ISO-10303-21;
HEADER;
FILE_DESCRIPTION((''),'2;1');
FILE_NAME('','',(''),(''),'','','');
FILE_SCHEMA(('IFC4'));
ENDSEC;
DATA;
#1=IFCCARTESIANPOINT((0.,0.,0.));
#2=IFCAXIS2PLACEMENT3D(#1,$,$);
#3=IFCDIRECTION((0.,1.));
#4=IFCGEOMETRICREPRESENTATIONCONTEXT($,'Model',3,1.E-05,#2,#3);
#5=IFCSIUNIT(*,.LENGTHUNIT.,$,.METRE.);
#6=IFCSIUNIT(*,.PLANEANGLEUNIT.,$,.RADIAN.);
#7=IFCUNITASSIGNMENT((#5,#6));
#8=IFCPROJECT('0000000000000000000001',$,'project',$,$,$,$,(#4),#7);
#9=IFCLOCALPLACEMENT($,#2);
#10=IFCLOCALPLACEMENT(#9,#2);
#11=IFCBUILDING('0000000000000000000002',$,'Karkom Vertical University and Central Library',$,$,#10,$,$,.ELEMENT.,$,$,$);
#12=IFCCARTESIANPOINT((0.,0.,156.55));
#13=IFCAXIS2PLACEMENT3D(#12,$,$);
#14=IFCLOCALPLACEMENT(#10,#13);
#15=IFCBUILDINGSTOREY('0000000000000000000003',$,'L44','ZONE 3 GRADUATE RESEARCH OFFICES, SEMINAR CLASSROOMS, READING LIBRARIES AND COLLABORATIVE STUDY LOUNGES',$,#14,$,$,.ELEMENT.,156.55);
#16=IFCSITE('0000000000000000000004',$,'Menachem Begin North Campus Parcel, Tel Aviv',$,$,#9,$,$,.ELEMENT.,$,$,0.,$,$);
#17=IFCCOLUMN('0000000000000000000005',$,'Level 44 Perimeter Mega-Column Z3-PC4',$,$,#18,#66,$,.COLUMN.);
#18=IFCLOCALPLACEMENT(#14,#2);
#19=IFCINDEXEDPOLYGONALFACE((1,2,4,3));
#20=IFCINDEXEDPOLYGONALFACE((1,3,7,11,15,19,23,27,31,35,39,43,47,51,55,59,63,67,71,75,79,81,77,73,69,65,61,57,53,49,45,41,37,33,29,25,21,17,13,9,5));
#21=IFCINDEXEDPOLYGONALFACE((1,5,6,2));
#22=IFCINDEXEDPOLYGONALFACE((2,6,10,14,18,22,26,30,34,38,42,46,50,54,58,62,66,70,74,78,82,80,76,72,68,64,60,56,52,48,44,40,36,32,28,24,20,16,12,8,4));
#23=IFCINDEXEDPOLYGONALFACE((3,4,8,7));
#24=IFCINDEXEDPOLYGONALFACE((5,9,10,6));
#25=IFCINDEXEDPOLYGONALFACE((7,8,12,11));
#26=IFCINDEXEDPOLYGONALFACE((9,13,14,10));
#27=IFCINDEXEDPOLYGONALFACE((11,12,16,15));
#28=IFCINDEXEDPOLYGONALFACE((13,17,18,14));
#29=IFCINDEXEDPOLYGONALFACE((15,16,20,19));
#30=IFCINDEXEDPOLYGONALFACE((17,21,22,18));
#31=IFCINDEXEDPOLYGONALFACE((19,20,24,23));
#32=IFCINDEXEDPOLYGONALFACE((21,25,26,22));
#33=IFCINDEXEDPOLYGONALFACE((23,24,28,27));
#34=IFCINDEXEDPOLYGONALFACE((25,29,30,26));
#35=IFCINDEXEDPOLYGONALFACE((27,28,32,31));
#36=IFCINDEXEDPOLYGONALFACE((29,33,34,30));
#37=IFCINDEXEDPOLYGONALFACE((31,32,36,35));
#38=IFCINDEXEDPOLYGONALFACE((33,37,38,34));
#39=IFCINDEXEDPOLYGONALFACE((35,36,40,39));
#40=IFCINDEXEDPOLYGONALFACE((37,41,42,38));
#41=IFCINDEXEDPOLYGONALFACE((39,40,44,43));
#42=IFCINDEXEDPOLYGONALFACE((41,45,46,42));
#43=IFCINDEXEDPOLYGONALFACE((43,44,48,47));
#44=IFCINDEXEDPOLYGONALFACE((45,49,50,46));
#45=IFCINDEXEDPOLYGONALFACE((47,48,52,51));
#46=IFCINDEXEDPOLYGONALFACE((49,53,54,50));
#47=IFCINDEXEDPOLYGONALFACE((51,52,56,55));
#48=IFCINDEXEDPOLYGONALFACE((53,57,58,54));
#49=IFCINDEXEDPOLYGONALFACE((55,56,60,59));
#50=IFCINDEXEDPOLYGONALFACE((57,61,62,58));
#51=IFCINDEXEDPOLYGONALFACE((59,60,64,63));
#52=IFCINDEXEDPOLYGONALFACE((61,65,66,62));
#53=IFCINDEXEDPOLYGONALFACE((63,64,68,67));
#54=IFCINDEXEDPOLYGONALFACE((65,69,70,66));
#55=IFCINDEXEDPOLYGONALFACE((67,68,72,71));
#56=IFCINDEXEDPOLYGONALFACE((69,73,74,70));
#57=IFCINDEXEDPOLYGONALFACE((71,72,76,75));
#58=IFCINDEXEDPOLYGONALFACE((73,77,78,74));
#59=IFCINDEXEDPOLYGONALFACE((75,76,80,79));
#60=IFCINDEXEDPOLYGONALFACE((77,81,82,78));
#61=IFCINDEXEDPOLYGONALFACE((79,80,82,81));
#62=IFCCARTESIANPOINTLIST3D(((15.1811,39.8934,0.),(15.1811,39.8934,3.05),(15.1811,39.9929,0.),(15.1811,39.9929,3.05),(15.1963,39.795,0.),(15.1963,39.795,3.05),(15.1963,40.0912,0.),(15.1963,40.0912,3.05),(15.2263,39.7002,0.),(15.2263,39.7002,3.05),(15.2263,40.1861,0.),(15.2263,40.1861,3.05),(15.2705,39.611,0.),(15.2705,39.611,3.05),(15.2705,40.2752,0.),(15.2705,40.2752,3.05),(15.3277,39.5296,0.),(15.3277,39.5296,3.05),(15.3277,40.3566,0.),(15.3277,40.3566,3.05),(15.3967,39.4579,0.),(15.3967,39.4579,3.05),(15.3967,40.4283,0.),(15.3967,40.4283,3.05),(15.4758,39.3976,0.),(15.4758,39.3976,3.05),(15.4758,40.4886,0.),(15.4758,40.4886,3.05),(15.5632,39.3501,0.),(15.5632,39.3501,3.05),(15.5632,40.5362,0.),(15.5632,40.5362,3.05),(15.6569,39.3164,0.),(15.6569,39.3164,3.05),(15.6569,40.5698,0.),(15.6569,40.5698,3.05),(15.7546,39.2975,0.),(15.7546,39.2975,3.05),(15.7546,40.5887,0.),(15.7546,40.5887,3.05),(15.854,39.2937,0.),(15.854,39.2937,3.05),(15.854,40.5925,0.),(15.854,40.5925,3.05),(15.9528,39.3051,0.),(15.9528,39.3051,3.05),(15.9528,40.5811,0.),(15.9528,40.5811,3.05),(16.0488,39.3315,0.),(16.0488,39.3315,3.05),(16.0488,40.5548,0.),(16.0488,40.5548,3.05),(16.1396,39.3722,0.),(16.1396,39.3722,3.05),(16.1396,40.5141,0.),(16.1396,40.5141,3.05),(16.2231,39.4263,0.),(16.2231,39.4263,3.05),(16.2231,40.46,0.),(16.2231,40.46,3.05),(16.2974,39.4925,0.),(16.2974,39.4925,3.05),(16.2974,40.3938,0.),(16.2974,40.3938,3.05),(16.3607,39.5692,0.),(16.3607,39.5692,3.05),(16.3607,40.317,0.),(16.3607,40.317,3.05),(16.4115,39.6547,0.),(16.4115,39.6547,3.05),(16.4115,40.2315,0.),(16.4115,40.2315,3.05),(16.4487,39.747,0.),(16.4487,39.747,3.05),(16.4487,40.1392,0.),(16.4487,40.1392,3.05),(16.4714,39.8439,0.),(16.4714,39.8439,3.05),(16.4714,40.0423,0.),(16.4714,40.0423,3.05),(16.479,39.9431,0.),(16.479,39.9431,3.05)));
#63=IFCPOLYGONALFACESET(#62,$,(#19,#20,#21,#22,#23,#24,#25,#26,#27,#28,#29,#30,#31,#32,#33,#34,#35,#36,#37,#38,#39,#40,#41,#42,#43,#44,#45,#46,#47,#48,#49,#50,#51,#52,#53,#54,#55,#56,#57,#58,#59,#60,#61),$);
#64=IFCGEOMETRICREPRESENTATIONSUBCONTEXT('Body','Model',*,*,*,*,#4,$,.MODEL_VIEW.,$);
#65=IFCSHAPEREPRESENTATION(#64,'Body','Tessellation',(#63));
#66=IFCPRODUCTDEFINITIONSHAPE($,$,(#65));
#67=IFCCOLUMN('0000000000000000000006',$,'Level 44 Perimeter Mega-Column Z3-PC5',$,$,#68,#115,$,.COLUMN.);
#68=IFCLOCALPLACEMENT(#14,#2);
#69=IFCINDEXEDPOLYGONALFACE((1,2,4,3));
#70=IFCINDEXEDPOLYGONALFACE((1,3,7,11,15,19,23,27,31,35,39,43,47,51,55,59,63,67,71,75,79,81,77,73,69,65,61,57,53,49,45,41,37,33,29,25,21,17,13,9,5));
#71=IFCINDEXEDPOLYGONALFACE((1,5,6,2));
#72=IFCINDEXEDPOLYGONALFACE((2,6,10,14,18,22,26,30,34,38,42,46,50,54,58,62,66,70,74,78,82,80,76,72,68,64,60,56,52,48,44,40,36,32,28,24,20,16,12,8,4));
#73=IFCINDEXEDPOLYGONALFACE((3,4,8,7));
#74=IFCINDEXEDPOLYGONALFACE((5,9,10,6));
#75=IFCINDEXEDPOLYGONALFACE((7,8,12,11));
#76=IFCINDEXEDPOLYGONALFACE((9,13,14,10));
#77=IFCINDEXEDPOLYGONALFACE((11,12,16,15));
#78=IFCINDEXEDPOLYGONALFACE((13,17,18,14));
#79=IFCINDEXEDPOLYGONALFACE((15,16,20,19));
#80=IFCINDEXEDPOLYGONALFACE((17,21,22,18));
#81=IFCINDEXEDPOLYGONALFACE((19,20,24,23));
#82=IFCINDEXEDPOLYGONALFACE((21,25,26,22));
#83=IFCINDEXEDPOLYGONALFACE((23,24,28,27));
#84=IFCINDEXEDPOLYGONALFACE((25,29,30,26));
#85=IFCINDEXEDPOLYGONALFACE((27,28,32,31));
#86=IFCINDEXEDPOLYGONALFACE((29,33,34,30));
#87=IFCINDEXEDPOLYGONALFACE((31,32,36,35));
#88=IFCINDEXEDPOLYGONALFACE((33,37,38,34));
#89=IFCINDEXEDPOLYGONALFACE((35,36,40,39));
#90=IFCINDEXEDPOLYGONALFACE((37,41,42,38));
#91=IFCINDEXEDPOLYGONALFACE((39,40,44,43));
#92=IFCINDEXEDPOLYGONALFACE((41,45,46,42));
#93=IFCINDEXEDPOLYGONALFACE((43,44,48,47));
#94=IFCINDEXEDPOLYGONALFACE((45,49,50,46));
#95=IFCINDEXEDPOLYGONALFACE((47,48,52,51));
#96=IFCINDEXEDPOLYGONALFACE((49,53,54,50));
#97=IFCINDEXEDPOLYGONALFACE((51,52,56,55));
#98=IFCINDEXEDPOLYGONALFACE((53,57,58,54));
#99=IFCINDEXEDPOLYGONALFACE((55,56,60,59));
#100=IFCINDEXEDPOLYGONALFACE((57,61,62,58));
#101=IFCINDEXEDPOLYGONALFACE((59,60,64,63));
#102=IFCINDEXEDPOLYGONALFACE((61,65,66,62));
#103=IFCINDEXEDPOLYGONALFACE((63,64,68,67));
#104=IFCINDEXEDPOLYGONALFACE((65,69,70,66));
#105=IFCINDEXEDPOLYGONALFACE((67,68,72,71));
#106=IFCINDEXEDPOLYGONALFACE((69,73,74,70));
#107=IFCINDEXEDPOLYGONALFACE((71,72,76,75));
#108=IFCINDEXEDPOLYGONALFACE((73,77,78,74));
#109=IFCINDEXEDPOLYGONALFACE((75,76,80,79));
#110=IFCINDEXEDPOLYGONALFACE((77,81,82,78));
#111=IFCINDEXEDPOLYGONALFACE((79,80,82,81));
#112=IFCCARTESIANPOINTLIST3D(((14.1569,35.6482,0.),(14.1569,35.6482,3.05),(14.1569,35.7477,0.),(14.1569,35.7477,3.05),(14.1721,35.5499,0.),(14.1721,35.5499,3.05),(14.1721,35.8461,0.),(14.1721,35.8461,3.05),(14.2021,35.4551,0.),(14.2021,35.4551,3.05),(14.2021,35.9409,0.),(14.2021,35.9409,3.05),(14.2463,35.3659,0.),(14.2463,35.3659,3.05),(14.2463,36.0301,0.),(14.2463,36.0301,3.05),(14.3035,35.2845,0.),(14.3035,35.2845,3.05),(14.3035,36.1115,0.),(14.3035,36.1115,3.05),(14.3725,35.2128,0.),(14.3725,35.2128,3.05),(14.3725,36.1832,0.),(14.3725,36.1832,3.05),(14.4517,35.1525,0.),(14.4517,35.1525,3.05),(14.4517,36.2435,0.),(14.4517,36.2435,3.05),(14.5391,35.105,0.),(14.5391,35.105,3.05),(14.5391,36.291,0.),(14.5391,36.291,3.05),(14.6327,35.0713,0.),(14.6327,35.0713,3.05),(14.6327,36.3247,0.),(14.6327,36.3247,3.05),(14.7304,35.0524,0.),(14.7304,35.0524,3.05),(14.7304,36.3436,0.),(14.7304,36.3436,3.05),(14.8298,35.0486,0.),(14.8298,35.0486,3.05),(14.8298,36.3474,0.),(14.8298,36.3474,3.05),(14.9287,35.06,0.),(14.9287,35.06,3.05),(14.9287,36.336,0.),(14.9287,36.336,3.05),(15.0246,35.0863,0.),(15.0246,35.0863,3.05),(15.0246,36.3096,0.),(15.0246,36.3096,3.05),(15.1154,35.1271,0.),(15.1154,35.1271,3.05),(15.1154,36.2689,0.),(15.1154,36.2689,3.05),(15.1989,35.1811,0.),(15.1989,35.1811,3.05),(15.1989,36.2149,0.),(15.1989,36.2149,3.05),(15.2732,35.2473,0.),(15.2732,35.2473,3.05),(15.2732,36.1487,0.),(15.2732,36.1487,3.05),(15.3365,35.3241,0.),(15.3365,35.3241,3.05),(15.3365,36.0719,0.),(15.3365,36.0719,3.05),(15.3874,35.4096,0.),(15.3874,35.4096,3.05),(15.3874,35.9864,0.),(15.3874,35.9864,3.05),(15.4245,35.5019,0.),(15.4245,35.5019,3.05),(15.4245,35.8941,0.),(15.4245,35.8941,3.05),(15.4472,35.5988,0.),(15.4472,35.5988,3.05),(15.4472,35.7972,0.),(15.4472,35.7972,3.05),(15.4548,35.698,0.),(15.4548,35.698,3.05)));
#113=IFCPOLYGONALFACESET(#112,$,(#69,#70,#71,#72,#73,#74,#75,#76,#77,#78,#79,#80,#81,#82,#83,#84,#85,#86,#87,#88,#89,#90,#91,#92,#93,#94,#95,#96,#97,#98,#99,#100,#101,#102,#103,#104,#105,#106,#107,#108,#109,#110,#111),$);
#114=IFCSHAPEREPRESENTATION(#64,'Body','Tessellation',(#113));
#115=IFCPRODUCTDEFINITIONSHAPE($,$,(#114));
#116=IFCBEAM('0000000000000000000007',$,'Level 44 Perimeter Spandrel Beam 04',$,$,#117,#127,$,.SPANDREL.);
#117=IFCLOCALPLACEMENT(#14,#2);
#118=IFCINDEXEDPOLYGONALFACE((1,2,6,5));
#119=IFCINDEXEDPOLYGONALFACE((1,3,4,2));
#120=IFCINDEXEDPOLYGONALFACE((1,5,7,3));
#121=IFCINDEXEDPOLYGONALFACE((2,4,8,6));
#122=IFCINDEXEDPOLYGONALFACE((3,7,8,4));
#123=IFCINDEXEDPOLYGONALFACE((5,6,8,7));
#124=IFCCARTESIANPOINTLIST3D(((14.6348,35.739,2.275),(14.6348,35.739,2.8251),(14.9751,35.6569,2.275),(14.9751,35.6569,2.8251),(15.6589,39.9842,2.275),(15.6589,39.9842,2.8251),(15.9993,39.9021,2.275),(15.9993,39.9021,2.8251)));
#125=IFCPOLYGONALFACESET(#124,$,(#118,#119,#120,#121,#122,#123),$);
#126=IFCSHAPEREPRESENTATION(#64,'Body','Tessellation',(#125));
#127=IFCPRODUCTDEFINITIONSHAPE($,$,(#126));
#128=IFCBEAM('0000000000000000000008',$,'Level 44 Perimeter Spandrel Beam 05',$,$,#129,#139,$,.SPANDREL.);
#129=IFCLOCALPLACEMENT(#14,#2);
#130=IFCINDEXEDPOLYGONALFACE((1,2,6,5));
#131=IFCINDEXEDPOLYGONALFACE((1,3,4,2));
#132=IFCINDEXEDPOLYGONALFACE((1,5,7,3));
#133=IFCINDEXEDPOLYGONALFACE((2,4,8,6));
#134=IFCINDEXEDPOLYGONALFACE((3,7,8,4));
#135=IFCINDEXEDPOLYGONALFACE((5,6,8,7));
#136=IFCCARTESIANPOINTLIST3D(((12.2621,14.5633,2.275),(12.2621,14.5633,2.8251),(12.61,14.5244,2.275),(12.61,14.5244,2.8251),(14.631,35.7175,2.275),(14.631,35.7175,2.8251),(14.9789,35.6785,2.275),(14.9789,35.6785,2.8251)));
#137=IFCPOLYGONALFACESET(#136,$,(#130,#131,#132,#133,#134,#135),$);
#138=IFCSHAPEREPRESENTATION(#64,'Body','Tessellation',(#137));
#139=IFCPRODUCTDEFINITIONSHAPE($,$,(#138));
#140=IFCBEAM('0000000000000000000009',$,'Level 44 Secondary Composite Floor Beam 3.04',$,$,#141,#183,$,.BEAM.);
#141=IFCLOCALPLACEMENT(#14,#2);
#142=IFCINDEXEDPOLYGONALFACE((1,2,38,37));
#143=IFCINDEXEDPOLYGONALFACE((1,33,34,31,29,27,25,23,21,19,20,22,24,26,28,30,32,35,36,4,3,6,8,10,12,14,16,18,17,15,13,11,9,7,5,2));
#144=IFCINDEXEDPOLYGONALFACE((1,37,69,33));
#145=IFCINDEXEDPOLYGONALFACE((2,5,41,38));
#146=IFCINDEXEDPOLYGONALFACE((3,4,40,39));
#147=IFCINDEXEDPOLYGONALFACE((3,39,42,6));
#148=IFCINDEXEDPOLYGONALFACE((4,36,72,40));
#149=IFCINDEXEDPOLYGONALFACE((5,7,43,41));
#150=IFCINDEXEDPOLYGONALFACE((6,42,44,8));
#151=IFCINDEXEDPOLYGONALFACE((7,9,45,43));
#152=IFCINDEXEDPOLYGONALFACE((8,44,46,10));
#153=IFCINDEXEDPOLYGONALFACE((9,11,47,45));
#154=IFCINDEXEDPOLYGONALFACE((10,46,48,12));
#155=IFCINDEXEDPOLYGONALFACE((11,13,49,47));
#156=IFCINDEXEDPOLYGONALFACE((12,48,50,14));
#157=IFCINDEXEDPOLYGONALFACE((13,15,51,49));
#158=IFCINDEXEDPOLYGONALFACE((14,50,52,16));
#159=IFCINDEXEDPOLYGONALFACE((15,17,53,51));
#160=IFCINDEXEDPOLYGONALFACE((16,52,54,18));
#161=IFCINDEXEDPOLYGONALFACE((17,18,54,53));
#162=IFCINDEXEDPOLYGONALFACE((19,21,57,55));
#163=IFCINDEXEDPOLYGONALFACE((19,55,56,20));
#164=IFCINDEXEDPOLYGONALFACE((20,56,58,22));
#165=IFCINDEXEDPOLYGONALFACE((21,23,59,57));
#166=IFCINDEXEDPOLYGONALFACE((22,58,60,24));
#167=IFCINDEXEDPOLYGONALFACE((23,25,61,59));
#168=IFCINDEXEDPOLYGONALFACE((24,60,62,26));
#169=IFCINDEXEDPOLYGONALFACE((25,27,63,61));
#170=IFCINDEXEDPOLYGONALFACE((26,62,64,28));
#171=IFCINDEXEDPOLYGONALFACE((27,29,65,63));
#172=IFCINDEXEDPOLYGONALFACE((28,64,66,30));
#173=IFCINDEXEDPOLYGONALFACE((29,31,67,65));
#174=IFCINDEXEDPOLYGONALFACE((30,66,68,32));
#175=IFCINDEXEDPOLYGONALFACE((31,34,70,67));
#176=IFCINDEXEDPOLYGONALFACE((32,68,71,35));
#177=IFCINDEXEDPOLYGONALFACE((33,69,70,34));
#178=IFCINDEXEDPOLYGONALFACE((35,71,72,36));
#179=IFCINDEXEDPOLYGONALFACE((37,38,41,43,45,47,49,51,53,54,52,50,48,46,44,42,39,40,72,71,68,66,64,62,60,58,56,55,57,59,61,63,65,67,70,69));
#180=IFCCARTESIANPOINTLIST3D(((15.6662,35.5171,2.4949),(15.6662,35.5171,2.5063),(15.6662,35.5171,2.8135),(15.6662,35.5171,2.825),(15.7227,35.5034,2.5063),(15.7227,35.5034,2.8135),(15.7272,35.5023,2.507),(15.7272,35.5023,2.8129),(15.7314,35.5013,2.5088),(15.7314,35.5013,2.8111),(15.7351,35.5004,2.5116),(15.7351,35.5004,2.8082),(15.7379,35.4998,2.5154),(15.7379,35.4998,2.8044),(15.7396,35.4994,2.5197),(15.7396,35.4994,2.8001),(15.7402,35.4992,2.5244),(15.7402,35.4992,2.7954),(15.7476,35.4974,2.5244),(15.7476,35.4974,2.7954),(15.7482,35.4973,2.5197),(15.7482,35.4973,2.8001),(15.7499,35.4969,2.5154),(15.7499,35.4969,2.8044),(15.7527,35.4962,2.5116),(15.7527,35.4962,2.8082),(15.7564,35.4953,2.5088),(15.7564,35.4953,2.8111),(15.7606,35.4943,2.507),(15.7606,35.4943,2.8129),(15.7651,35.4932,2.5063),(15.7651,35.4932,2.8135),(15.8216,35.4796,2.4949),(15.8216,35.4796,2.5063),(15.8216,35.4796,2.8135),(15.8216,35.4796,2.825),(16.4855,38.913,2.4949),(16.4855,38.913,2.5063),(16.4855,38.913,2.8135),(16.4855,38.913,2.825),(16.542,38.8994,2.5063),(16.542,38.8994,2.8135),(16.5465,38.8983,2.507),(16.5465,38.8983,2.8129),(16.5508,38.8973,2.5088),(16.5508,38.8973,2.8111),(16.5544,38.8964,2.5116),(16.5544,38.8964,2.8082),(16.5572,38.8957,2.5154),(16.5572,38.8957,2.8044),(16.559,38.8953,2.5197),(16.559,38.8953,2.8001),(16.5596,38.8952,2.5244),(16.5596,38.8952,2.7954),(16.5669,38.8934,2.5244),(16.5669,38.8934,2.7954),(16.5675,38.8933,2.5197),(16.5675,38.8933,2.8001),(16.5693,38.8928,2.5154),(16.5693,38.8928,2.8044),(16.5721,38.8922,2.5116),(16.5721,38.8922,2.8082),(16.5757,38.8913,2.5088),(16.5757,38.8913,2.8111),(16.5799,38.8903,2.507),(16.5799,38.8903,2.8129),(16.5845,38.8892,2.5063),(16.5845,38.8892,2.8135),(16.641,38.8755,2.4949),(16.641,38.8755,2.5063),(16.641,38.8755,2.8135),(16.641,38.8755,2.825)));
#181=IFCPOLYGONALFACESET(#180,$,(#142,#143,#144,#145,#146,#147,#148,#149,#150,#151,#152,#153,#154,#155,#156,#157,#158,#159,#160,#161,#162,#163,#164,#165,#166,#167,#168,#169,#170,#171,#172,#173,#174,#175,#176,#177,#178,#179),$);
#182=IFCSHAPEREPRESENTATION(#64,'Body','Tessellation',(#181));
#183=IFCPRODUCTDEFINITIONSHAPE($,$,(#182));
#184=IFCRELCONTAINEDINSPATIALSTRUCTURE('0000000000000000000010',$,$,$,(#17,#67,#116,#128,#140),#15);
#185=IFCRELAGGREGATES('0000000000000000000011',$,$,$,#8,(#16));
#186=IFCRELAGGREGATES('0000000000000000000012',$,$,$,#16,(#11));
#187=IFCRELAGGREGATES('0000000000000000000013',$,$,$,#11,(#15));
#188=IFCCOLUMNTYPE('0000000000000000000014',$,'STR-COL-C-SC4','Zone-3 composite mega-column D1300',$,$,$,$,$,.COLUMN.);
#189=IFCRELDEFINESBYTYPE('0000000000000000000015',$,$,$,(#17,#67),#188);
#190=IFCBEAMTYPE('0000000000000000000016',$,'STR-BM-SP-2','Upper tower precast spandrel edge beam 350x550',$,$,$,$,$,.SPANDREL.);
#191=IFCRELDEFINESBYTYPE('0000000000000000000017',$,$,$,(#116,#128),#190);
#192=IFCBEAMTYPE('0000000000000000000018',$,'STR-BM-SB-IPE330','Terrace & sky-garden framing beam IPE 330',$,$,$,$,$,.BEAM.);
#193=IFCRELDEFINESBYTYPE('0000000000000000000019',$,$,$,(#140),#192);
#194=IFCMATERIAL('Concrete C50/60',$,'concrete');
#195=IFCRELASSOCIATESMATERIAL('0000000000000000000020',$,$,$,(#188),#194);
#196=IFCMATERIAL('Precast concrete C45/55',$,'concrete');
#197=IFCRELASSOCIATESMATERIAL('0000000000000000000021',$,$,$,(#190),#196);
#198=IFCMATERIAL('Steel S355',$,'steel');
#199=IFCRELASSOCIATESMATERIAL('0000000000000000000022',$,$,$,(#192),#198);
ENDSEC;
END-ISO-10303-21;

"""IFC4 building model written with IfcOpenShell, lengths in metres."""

from ifc_helpers import new_model, si_unit, direction, frame, origin, origin_with_axes, origin_2d, place, context, subcontext, project, spatial, rectangle, circle, i_section, extrude, source, transform, mapped, material, material_profile, profile_set, type_object, element, save


model = new_model("IFC4")

# Units and contexts
model_context = context("Model", 3, precision=1e-05, world=origin(), true_north=direction((0.0, 1.0)))
body_context = subcontext(model_context, "Body", "Model", "MODEL_VIEW")
ifc_project = project(units=[si_unit("LENGTHUNIT", "METRE"), si_unit("PLANEANGLEUNIT", "RADIAN")], contexts=[model_context])

# Site, building, storey
site_placement = place(None, origin())
site = spatial("IfcSite", under=ifc_project, at=site_placement, Name="Menachem Begin North Campus Parcel, Tel Aviv", CompositionType="ELEMENT", RefElevation=0.0)
building_placement = place(site_placement, origin())
building = spatial("IfcBuilding", under=site, at=building_placement, Name="Karkom Vertical University and Central Library", CompositionType="ELEMENT")
storey_placement = place(building_placement, frame((0.0, 0.0, 156.55)))
storey = spatial("IfcBuildingStorey", under=building, at=storey_placement, Name="L44", Description="ZONE 3 GRADUATE RESEARCH OFFICES, SEMINAR CLASSROOMS, READING LIBRARIES AND COLLABORATIVE STUDY LOUNGES", CompositionType="ELEMENT", Elevation=156.55)

# Columns
ifc_material_1 = material(Name="Concrete C50/60", Category="concrete")
ifc_material_profile_1 = material_profile(ifc_material_1, circle(Radius=0.6499, at=origin_2d()), Name="CFT-D1300")
ifc_profile_set_1 = profile_set([ifc_material_profile_1], Name="Concrete C50/60")
column_type = type_object("IfcColumnType", Name="STR-COL-C-SC4", Description="Zone-3 composite mega-column D1300", PredefinedType="COLUMN", material=ifc_profile_set_1)
shared_shape_1 = source(origin_with_axes(), body_context, "Body", "SweptSolid", [
    extrude(circle(Radius=0.6499, at=origin_2d()), origin(), (0.0, 0.0, 1.0), 3.05),
])
for number, where, z_axis, x_axis, name in (
    (1, (15.8291, 39.9431, 0.0), (0.0, 0.0, 1.0), (1.0, 0.0, 0.0), "Level 44 Perimeter Mega-Column Z3-PC4"),
    (2, (14.8049, 35.698, 0.0), (0.0, 0.0, 1.0), (1.0, 0.0, 0.0), "Level 44 Perimeter Mega-Column Z3-PC5"),
):
    element("IfcColumn", number, at=place(storey_placement, frame(where, z_axis=z_axis, x_axis=x_axis)), inside=storey, type_object=column_type, Name=name, PredefinedType="COLUMN", context=body_context, shape_type="MappedRepresentation", body=[
        mapped(shared_shape_1, transform((0.0, 0.0, 0.0), scale=1.0)),
    ])

# Beams
ifc_material_2 = material(Name="Precast concrete C45/55", Category="concrete")
ifc_material_profile_2 = material_profile(ifc_material_2, rectangle(XDim=0.3501, YDim=0.55, at=origin_2d()), Name="SPB-350x550")
ifc_profile_set_2 = profile_set([ifc_material_profile_2], Name="Precast concrete C45/55")
beam_type_1 = type_object("IfcBeamType", Name="STR-BM-SP-2", Description="Upper tower precast spandrel edge beam 350x550", PredefinedType="SPANDREL", material=ifc_profile_set_2)
shared_shape_2 = source(origin_with_axes(), body_context, "Body", "SweptSolid", [
    extrude(rectangle(XDim=0.3501, YDim=0.55, at=origin_2d()), origin(), (0.0, 0.0, 1.0), 4.3669),
])
beam_1_placement = place(storey_placement, frame((15.8291, 39.9431, 2.55), z_axis=(-0.234529, -0.972109, 0.0), x_axis=(0.972109, -0.234529, 0.0)))
element("IfcBeam", 3, at=beam_1_placement, inside=storey, type_object=beam_type_1, Name="Level 44 Perimeter Spandrel Beam 04", PredefinedType="SPANDREL", context=body_context, shape_type="MappedRepresentation", body=[
    mapped(shared_shape_2, transform((0.0, 0.0, 0.0), scale=1.0)),
])
shared_shape_3 = source(origin_with_axes(), body_context, "Body", "SweptSolid", [
    extrude(rectangle(XDim=0.3501, YDim=0.55, at=origin_2d()), origin(), (0.0, 0.0, 1.0), 21.2864),
])
beam_2_placement = place(storey_placement, frame((14.8049, 35.698, 2.55), z_axis=(-0.111287, -0.993788, 0.0), x_axis=(0.993788, -0.111287, 0.0)))
element("IfcBeam", 4, at=beam_2_placement, inside=storey, type_object=beam_type_1, Name="Level 44 Perimeter Spandrel Beam 05", PredefinedType="SPANDREL", context=body_context, shape_type="MappedRepresentation", body=[
    mapped(shared_shape_3, transform((0.0, 0.0, 0.0), scale=1.0)),
])
ifc_material_3 = material(Name="Steel S355", Category="steel")
ifc_material_profile_3 = material_profile(ifc_material_3, i_section(OverallWidth=0.1599, OverallDepth=0.3301, WebThickness=0.0076, FlangeThickness=0.0115, FilletRadius=0.0181, at=origin_2d()), Name="IPE 330")
ifc_profile_set_3 = profile_set([ifc_material_profile_3], Name="Steel S355")
beam_type_2 = type_object("IfcBeamType", Name="STR-BM-SB-IPE330", Description="Terrace & sky-garden framing beam IPE 330", PredefinedType="BEAM", material=ifc_profile_set_3)
shared_shape_4 = source(origin_with_axes(), body_context, "Body", "SweptSolid", [
    extrude(i_section(OverallWidth=0.1599, OverallDepth=0.3301, WebThickness=0.0076, FlangeThickness=0.0115, FilletRadius=0.0181, at=origin_2d()), origin(), (0.0, 0.0, 1.0), 3.4934),
])
beam_3_placement = place(storey_placement, frame((16.5632, 38.8943, 2.6599), z_axis=(-0.234536, -0.972107, 0.0), x_axis=(0.972107, -0.234536, 0.0)))
element("IfcBeam", 5, at=beam_3_placement, inside=storey, type_object=beam_type_2, Name="Level 44 Secondary Composite Floor Beam 3.04", PredefinedType="BEAM", context=body_context, shape_type="MappedRepresentation", body=[
    mapped(shared_shape_4, transform((0.0, 0.0, 0.0), scale=1.0)),
])

save(model, "model.ifc")
